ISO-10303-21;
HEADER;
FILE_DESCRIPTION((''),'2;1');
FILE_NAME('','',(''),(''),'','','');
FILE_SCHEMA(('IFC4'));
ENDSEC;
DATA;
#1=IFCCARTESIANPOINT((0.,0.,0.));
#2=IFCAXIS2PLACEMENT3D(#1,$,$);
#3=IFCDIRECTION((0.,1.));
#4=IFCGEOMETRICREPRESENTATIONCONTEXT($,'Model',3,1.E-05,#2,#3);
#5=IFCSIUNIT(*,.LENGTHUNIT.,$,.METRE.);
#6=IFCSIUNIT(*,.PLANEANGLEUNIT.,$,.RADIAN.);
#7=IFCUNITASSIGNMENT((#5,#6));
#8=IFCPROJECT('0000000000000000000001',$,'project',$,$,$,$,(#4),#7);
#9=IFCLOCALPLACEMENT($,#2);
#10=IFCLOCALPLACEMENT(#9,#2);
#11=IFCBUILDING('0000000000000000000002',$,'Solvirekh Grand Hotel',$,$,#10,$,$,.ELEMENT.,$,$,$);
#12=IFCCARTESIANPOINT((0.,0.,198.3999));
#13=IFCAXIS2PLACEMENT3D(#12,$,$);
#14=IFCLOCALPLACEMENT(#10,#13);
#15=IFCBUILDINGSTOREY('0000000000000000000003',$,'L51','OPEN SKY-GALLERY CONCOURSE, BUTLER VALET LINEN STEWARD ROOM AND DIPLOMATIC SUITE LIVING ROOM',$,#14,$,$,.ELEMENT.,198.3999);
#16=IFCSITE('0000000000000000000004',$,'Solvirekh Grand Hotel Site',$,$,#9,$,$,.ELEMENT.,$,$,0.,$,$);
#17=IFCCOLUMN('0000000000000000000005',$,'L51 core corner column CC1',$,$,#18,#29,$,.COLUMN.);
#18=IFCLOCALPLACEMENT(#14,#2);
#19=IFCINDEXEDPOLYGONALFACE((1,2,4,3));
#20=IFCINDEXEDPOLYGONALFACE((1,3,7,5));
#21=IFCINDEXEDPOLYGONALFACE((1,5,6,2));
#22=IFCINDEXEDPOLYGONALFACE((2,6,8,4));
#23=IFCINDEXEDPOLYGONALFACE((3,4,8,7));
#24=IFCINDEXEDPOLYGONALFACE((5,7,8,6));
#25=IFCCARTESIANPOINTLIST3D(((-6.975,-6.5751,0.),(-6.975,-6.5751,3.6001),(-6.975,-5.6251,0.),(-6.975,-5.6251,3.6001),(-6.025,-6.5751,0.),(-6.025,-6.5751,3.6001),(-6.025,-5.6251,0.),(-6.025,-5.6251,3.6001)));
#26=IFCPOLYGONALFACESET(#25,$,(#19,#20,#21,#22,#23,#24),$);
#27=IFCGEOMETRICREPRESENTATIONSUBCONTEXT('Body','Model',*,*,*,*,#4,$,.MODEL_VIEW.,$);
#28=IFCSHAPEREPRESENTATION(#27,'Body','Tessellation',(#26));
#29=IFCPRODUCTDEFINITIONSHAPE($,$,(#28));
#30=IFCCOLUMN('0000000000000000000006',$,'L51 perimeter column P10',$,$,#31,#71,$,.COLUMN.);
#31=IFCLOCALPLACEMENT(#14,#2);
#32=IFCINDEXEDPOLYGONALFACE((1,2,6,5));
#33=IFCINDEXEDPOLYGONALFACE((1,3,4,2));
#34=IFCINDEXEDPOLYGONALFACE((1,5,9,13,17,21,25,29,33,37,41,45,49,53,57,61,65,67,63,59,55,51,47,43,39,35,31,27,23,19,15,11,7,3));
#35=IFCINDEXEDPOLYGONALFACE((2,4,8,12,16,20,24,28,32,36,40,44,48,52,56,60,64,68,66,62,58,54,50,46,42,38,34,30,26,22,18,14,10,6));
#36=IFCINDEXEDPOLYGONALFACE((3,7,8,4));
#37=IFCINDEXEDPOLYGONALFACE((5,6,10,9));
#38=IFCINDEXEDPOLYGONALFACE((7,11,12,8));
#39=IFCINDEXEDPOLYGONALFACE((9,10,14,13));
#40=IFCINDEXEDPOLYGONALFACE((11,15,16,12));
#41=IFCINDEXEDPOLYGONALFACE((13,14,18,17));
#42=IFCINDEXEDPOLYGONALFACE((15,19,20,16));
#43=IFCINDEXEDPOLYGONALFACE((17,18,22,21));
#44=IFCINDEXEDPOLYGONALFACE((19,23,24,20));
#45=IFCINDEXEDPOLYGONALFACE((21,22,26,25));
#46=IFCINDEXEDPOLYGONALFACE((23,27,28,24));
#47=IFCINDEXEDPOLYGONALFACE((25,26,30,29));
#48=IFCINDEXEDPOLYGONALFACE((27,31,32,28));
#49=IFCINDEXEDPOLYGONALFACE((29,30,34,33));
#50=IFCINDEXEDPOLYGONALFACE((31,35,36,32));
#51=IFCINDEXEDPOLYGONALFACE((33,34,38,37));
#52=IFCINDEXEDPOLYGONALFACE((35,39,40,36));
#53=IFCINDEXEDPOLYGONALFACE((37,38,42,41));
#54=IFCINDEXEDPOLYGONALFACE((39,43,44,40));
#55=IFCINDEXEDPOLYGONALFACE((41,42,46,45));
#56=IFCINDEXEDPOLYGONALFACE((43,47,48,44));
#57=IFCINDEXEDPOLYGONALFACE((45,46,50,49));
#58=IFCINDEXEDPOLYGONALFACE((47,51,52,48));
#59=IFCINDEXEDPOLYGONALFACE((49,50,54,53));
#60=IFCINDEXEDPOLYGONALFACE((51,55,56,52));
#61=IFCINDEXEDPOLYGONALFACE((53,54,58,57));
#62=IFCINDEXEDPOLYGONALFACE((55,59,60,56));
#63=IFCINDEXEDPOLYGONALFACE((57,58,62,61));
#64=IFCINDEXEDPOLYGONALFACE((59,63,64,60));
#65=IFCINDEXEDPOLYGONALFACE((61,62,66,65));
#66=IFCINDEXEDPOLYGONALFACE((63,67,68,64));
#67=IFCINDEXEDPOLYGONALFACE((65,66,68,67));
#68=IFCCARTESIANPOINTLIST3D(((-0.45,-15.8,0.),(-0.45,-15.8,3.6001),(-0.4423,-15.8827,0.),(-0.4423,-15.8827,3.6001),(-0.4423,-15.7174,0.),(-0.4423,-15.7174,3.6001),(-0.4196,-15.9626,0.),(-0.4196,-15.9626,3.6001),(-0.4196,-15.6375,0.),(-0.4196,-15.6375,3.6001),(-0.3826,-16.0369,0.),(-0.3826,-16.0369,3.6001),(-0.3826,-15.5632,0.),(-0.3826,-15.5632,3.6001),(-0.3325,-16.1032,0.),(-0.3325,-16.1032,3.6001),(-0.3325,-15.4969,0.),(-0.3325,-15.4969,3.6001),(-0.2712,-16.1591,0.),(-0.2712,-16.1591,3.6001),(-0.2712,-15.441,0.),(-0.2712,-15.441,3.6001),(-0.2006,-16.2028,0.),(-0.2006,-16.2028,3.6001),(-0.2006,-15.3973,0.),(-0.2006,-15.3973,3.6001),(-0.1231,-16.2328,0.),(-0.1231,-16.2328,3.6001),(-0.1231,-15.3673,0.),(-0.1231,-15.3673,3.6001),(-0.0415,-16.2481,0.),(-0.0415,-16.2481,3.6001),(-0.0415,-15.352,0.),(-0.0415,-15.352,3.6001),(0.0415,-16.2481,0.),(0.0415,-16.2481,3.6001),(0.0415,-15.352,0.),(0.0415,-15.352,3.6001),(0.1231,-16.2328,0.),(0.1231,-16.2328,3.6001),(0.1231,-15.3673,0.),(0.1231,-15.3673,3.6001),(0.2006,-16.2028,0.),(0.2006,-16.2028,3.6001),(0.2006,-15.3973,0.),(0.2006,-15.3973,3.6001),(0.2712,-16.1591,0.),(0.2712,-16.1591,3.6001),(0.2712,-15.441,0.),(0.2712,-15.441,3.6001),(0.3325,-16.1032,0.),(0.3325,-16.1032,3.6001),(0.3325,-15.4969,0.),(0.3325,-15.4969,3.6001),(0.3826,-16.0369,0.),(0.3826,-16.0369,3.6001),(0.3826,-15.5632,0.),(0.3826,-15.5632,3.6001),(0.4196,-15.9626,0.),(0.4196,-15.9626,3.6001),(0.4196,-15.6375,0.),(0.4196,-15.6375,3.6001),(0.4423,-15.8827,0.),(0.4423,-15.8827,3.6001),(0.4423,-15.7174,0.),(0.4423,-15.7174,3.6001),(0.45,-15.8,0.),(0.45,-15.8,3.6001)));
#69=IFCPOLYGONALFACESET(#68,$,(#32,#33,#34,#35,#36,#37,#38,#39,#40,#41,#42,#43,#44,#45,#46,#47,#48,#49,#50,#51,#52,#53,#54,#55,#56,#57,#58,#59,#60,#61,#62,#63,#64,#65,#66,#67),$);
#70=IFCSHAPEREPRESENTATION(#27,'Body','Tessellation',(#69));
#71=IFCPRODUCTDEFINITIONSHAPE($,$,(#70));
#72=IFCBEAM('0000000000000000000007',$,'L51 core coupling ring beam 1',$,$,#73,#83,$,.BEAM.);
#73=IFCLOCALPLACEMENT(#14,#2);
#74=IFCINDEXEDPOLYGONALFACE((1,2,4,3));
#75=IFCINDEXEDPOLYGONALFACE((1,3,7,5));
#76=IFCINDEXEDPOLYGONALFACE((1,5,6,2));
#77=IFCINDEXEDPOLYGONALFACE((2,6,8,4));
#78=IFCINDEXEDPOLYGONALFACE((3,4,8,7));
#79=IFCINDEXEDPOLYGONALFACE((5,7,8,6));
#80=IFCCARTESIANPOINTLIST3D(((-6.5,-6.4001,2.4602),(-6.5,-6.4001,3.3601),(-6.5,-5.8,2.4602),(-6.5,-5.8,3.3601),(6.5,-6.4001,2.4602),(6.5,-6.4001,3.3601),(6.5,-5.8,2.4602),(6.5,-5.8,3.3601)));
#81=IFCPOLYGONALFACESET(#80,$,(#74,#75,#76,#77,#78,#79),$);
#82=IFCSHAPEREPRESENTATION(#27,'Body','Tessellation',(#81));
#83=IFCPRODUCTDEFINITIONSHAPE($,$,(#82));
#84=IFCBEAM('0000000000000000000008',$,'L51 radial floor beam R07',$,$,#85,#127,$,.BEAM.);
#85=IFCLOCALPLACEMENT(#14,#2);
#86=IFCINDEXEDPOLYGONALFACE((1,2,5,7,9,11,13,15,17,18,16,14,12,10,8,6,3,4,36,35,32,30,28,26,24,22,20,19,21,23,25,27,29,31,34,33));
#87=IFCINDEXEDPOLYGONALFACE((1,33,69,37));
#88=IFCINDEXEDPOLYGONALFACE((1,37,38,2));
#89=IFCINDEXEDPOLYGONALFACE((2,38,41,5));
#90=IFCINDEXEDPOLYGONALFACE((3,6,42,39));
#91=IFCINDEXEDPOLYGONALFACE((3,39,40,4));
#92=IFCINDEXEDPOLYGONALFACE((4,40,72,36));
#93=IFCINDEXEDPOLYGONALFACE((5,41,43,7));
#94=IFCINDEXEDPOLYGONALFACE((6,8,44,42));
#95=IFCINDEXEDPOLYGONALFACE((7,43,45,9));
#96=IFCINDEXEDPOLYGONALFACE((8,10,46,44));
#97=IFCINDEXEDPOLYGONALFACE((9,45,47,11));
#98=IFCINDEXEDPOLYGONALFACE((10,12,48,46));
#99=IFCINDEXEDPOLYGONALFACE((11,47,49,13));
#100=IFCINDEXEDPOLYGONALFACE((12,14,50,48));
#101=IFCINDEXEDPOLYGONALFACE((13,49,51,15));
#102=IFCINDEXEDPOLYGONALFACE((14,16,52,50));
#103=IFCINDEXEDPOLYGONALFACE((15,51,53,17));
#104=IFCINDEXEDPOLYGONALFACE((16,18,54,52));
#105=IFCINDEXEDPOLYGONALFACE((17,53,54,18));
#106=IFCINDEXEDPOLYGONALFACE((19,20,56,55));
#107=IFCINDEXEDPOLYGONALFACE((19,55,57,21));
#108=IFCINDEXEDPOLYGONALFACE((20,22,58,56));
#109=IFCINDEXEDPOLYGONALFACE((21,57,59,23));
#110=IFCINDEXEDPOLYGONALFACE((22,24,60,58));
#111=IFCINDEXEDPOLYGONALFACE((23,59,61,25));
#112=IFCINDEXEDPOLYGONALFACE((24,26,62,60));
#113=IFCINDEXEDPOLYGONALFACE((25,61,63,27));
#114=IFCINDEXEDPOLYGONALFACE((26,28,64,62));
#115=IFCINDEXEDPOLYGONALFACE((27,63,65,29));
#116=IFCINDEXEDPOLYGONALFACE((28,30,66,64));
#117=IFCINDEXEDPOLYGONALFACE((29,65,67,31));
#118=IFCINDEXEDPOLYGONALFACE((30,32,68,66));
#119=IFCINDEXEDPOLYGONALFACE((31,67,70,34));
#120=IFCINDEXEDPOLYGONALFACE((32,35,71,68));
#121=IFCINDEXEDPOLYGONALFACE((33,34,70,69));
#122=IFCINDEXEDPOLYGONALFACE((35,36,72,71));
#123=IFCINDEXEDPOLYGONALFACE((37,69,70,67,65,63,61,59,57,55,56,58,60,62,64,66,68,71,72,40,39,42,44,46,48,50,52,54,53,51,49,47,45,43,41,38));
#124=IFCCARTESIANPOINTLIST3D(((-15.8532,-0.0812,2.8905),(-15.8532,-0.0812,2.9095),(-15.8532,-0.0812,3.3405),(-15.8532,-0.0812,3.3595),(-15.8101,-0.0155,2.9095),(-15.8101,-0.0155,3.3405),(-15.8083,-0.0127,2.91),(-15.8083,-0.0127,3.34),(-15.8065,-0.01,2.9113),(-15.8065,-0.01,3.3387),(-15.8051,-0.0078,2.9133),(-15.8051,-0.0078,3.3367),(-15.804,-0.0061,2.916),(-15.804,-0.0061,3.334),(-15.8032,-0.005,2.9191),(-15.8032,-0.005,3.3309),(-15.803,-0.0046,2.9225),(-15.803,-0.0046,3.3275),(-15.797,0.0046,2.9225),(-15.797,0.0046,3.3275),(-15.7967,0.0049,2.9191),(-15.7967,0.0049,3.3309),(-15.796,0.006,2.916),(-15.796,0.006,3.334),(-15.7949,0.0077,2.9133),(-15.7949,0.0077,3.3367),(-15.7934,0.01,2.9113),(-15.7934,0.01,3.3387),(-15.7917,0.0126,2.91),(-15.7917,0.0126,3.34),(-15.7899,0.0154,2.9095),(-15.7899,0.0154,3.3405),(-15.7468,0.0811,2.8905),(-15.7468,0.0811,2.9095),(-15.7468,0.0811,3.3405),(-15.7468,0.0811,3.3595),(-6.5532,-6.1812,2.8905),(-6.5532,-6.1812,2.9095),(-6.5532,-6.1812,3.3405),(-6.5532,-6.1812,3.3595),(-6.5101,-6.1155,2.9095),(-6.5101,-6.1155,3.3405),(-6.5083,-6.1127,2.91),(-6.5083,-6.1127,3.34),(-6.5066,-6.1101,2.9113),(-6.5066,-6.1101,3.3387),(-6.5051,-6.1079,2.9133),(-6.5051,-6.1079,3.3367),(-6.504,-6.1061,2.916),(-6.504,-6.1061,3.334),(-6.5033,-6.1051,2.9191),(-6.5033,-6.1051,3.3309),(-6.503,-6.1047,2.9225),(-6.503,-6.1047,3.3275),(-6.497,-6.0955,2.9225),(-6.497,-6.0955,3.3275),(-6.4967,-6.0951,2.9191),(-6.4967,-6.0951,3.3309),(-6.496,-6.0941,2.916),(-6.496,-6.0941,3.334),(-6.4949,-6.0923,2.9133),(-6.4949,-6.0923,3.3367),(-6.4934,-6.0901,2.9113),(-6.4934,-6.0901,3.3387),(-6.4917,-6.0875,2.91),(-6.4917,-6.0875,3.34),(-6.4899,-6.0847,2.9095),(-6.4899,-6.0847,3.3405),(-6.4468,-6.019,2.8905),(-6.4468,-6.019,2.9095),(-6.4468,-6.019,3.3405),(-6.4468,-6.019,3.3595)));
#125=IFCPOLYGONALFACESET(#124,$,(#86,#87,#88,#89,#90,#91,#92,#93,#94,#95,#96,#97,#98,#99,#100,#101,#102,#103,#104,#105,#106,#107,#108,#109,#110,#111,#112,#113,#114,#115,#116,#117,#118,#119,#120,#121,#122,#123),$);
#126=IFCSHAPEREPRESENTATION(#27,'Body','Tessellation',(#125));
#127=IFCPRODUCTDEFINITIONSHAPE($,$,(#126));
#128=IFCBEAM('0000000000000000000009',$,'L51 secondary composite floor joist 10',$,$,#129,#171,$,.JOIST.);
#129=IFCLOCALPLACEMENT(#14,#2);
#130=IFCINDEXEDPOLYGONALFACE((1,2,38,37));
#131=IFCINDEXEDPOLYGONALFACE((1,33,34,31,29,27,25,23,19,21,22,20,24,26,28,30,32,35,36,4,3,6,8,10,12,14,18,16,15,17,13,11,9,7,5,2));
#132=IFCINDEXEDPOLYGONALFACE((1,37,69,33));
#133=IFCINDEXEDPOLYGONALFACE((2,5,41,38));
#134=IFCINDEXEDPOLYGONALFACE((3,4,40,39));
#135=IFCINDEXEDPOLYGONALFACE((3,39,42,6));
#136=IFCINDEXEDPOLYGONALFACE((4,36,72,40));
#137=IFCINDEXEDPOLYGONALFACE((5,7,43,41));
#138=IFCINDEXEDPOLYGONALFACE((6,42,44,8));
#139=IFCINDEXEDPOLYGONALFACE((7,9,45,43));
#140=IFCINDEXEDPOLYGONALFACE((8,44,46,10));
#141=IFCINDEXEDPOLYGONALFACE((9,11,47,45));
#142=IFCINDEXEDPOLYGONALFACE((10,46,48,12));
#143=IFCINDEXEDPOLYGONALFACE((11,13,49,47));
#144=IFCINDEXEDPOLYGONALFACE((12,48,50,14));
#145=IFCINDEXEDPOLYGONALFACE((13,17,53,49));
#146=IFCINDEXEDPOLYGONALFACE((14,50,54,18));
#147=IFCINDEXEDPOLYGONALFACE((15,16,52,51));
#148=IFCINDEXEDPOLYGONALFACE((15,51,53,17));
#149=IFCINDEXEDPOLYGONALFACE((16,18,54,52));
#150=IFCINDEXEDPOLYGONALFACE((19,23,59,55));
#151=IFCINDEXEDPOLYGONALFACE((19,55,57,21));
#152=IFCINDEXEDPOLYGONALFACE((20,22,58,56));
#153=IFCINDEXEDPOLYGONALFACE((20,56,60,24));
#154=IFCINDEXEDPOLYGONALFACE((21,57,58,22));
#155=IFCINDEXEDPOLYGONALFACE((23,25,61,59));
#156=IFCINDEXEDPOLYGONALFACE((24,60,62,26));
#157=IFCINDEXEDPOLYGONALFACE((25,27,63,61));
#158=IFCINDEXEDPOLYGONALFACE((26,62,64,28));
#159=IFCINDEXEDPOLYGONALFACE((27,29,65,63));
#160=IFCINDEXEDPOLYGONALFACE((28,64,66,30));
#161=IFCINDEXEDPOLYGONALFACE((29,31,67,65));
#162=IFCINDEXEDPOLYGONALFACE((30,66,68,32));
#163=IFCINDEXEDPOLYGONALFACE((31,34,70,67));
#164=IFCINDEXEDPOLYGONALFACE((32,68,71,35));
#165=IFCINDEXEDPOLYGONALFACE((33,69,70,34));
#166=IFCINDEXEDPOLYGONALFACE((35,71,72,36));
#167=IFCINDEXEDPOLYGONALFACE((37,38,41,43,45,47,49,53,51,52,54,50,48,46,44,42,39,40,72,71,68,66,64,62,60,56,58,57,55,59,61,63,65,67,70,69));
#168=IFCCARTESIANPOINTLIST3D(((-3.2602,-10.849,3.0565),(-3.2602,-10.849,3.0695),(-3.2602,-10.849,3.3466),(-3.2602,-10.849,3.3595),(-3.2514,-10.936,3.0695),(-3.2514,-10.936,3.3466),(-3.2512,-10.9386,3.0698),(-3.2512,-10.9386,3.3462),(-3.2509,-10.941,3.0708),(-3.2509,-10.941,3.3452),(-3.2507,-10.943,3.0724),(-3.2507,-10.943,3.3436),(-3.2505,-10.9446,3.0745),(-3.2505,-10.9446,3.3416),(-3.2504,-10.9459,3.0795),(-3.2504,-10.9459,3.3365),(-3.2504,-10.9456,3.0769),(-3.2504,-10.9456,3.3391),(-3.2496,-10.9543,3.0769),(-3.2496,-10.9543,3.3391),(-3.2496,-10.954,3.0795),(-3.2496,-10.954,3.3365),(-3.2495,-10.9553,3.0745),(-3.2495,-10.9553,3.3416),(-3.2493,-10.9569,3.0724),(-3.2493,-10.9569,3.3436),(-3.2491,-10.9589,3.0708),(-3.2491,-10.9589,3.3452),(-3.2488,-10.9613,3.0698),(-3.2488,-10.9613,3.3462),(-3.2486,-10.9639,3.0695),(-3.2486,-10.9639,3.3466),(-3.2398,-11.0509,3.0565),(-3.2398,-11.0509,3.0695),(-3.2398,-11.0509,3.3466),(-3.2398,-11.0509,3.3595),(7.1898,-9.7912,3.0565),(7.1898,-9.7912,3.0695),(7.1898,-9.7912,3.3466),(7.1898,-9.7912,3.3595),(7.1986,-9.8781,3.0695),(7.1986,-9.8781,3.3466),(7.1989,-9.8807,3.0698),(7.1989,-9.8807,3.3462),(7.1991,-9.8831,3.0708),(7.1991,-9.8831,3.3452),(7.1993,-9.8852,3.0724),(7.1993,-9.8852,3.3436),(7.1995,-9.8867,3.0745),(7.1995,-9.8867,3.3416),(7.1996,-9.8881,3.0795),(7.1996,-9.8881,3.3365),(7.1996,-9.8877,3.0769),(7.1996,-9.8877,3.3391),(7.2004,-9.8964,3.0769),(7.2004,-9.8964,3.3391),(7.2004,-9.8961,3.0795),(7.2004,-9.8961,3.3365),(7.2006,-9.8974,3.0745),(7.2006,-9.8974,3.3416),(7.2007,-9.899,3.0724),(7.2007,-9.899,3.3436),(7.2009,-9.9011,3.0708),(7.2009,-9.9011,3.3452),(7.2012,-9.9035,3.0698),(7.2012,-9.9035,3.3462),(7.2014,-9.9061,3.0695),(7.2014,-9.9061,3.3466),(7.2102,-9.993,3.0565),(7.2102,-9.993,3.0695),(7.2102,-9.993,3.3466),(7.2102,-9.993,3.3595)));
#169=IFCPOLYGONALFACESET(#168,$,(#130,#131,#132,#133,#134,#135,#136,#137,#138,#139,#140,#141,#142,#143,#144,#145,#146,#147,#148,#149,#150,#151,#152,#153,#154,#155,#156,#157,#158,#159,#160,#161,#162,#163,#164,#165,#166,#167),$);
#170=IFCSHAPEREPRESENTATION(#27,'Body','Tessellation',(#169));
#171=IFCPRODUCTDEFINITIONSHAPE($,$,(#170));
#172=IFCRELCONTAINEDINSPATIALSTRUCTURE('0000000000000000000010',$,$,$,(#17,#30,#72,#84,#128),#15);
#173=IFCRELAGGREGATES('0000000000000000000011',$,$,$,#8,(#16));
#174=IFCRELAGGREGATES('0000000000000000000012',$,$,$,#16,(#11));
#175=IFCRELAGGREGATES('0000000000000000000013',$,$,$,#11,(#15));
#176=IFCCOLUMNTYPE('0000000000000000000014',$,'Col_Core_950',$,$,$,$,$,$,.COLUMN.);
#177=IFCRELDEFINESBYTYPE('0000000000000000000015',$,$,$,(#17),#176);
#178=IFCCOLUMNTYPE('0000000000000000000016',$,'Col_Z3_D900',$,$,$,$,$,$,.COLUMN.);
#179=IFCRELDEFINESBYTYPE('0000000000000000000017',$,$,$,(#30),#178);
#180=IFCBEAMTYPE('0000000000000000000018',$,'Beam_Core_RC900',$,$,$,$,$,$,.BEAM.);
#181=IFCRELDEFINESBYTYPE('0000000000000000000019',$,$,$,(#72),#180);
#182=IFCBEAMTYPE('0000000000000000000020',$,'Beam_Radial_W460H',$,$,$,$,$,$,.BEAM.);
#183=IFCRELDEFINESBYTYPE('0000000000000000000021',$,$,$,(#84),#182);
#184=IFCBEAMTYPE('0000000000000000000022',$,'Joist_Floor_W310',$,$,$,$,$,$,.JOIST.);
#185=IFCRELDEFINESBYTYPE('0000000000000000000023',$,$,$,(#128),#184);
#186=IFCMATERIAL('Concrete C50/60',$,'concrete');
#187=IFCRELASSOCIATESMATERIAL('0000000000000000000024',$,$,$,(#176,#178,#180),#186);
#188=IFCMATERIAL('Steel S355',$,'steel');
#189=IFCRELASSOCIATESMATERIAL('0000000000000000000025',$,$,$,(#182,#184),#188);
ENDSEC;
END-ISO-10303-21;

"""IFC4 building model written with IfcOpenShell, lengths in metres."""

from ifc_helpers import new_model, si_unit, direction, frame, origin, origin_2d, place, context, subcontext, project, spatial, rectangle, circle, i_section, extrude, material, material_profile, profile_set, type_object, element, save


model = new_model("IFC4")

# Units and contexts
model_context = context("Model", 3, precision=1e-05, world=origin(), true_north=direction((0.0, 1.0)))
body_context = subcontext(model_context, "Body", "Model", "MODEL_VIEW")
ifc_project = project(units=[si_unit("LENGTHUNIT", "METRE"), si_unit("PLANEANGLEUNIT", "RADIAN")], contexts=[model_context])

# Site, building, storey
site_placement = place(None, origin())
site = spatial("IfcSite", under=ifc_project, at=site_placement, Name="Solvirekh Grand Hotel Site", CompositionType="ELEMENT", RefElevation=0.0)
building_placement = place(site_placement, origin())
building = spatial("IfcBuilding", under=site, at=building_placement, Name="Solvirekh Grand Hotel", CompositionType="ELEMENT")
storey_placement = place(building_placement, frame((0.0, 0.0, 198.3999)))
storey = spatial("IfcBuildingStorey", under=building, at=storey_placement, Name="L51", Description="OPEN SKY-GALLERY CONCOURSE, BUTLER VALET LINEN STEWARD ROOM AND DIPLOMATIC SUITE LIVING ROOM", CompositionType="ELEMENT", Elevation=198.3999)

# Columns
ifc_material_1 = material(Name="Concrete C50/60", Category="concrete")
ifc_material_profile_1 = material_profile(ifc_material_1, rectangle(XDim=0.95, YDim=0.95, at=origin_2d()), Name="RC 950X950")
ifc_profile_set_1 = profile_set([ifc_material_profile_1], Name="Concrete C50/60")
column_type_1 = type_object("IfcColumnType", Name="Col_Core_950", PredefinedType="COLUMN", material=ifc_profile_set_1)
column_1_placement = place(storey_placement, frame((-6.5, -6.1001, 0.0), z_axis=(0.0, 0.0, 1.0), x_axis=(1.0, 0.0, 0.0)))
element("IfcColumn", 1, at=column_1_placement, inside=storey, type_object=column_type_1, Name="L51 core corner column CC1", PredefinedType="COLUMN", context=body_context, shape_type="SweptSolid", body=[
    extrude(rectangle(XDim=0.95, YDim=0.95, at=origin_2d()), origin(), (0.0, 0.0, 1.0), 3.6001),
])
ifc_material_profile_2 = material_profile(ifc_material_1, circle(Radius=0.45, at=origin_2d()), Name="RC CIRC D900")
ifc_profile_set_2 = profile_set([ifc_material_profile_2], Name="Concrete C50/60")
column_type_2 = type_object("IfcColumnType", Name="Col_Z3_D900", PredefinedType="COLUMN", material=ifc_profile_set_2)
column_2_placement = place(storey_placement, frame((0.0, -15.8, 0.0), z_axis=(0.0, 0.0, 1.0), x_axis=(1.0, 0.0, 0.0)))
element("IfcColumn", 2, at=column_2_placement, inside=storey, type_object=column_type_2, Name="L51 perimeter column P10", PredefinedType="COLUMN", context=body_context, shape_type="SweptSolid", body=[
    extrude(circle(Radius=0.45, at=origin_2d()), origin(), (0.0, 0.0, 1.0), 3.6001),
])

# Beams
ifc_material_profile_3 = material_profile(ifc_material_1, rectangle(XDim=0.6001, YDim=0.8999, at=origin_2d()), Name="RC BEAM 600X900")
ifc_profile_set_3 = profile_set([ifc_material_profile_3], Name="Concrete C50/60")
beam_type_1 = type_object("IfcBeamType", Name="Beam_Core_RC900", PredefinedType="BEAM", material=ifc_profile_set_3)
beam_1_placement = place(storey_placement, frame((-6.5, -6.1001, 2.9102), z_axis=(1.0, 0.0, 0.0), x_axis=(0.0, 1.0, 0.0)))
element("IfcBeam", 3, at=beam_1_placement, inside=storey, type_object=beam_type_1, Name="L51 core coupling ring beam 1", PredefinedType="BEAM", context=body_context, shape_type="SweptSolid", body=[
    extrude(rectangle(XDim=0.6001, YDim=0.8999, at=origin_2d()), origin(), (0.0, 0.0, 1.0), 13.0),
])
ifc_material_2 = material(Name="Steel S355", Category="steel")
ifc_material_profile_4 = material_profile(ifc_material_2, i_section(OverallWidth=0.1941, OverallDepth=0.469, WebThickness=0.011, FlangeThickness=0.019, FilletRadius=0.0129, at=origin_2d()), Name="W460X106")
ifc_profile_set_4 = profile_set([ifc_material_profile_4], Name="Steel S355")
beam_type_2 = type_object("IfcBeamType", Name="Beam_Radial_W460H", PredefinedType="BEAM", material=ifc_profile_set_4)
beam_2_placement = place(storey_placement, frame((-6.5, -6.1001, 3.125), z_axis=(-0.836174, 0.548464, 0.0), x_axis=(-0.548464, -0.836174, 0.0)))
element("IfcBeam", 4, at=beam_2_placement, inside=storey, type_object=beam_type_2, Name="L51 radial floor beam R07", PredefinedType="BEAM", context=body_context, shape_type="SweptSolid", body=[
    extrude(i_section(OverallWidth=0.1941, OverallDepth=0.469, WebThickness=0.011, FlangeThickness=0.019, FilletRadius=0.0129, at=origin_2d()), origin(), (0.0, 0.0, 1.0), 11.1221),
])
ifc_material_profile_5 = material_profile(ifc_material_2, i_section(OverallWidth=0.2029, OverallDepth=0.303, WebThickness=0.0081, FlangeThickness=0.0129, FilletRadius=0.01, at=origin_2d()), Name="W310X60")
ifc_profile_set_5 = profile_set([ifc_material_profile_5], Name="Steel S355")
beam_type_3 = type_object("IfcBeamType", Name="Joist_Floor_W310", PredefinedType="JOIST", material=ifc_profile_set_5)
beam_3_placement = place(storey_placement, frame((-3.25, -10.95, 3.208), z_axis=(0.994915, 0.100716, 0.0), x_axis=(-0.100716, 0.994915, 0.0)))
element("IfcBeam", 5, at=beam_3_placement, inside=storey, type_object=beam_type_3, Name="L51 secondary composite floor joist 10", PredefinedType="JOIST", context=body_context, shape_type="SweptSolid", body=[
    extrude(i_section(OverallWidth=0.2029, OverallDepth=0.303, WebThickness=0.0081, FlangeThickness=0.0129, FilletRadius=0.01, at=origin_2d()), origin(), (0.0, 0.0, 1.0), 10.5034),
])

save(model, "model.ifc")
